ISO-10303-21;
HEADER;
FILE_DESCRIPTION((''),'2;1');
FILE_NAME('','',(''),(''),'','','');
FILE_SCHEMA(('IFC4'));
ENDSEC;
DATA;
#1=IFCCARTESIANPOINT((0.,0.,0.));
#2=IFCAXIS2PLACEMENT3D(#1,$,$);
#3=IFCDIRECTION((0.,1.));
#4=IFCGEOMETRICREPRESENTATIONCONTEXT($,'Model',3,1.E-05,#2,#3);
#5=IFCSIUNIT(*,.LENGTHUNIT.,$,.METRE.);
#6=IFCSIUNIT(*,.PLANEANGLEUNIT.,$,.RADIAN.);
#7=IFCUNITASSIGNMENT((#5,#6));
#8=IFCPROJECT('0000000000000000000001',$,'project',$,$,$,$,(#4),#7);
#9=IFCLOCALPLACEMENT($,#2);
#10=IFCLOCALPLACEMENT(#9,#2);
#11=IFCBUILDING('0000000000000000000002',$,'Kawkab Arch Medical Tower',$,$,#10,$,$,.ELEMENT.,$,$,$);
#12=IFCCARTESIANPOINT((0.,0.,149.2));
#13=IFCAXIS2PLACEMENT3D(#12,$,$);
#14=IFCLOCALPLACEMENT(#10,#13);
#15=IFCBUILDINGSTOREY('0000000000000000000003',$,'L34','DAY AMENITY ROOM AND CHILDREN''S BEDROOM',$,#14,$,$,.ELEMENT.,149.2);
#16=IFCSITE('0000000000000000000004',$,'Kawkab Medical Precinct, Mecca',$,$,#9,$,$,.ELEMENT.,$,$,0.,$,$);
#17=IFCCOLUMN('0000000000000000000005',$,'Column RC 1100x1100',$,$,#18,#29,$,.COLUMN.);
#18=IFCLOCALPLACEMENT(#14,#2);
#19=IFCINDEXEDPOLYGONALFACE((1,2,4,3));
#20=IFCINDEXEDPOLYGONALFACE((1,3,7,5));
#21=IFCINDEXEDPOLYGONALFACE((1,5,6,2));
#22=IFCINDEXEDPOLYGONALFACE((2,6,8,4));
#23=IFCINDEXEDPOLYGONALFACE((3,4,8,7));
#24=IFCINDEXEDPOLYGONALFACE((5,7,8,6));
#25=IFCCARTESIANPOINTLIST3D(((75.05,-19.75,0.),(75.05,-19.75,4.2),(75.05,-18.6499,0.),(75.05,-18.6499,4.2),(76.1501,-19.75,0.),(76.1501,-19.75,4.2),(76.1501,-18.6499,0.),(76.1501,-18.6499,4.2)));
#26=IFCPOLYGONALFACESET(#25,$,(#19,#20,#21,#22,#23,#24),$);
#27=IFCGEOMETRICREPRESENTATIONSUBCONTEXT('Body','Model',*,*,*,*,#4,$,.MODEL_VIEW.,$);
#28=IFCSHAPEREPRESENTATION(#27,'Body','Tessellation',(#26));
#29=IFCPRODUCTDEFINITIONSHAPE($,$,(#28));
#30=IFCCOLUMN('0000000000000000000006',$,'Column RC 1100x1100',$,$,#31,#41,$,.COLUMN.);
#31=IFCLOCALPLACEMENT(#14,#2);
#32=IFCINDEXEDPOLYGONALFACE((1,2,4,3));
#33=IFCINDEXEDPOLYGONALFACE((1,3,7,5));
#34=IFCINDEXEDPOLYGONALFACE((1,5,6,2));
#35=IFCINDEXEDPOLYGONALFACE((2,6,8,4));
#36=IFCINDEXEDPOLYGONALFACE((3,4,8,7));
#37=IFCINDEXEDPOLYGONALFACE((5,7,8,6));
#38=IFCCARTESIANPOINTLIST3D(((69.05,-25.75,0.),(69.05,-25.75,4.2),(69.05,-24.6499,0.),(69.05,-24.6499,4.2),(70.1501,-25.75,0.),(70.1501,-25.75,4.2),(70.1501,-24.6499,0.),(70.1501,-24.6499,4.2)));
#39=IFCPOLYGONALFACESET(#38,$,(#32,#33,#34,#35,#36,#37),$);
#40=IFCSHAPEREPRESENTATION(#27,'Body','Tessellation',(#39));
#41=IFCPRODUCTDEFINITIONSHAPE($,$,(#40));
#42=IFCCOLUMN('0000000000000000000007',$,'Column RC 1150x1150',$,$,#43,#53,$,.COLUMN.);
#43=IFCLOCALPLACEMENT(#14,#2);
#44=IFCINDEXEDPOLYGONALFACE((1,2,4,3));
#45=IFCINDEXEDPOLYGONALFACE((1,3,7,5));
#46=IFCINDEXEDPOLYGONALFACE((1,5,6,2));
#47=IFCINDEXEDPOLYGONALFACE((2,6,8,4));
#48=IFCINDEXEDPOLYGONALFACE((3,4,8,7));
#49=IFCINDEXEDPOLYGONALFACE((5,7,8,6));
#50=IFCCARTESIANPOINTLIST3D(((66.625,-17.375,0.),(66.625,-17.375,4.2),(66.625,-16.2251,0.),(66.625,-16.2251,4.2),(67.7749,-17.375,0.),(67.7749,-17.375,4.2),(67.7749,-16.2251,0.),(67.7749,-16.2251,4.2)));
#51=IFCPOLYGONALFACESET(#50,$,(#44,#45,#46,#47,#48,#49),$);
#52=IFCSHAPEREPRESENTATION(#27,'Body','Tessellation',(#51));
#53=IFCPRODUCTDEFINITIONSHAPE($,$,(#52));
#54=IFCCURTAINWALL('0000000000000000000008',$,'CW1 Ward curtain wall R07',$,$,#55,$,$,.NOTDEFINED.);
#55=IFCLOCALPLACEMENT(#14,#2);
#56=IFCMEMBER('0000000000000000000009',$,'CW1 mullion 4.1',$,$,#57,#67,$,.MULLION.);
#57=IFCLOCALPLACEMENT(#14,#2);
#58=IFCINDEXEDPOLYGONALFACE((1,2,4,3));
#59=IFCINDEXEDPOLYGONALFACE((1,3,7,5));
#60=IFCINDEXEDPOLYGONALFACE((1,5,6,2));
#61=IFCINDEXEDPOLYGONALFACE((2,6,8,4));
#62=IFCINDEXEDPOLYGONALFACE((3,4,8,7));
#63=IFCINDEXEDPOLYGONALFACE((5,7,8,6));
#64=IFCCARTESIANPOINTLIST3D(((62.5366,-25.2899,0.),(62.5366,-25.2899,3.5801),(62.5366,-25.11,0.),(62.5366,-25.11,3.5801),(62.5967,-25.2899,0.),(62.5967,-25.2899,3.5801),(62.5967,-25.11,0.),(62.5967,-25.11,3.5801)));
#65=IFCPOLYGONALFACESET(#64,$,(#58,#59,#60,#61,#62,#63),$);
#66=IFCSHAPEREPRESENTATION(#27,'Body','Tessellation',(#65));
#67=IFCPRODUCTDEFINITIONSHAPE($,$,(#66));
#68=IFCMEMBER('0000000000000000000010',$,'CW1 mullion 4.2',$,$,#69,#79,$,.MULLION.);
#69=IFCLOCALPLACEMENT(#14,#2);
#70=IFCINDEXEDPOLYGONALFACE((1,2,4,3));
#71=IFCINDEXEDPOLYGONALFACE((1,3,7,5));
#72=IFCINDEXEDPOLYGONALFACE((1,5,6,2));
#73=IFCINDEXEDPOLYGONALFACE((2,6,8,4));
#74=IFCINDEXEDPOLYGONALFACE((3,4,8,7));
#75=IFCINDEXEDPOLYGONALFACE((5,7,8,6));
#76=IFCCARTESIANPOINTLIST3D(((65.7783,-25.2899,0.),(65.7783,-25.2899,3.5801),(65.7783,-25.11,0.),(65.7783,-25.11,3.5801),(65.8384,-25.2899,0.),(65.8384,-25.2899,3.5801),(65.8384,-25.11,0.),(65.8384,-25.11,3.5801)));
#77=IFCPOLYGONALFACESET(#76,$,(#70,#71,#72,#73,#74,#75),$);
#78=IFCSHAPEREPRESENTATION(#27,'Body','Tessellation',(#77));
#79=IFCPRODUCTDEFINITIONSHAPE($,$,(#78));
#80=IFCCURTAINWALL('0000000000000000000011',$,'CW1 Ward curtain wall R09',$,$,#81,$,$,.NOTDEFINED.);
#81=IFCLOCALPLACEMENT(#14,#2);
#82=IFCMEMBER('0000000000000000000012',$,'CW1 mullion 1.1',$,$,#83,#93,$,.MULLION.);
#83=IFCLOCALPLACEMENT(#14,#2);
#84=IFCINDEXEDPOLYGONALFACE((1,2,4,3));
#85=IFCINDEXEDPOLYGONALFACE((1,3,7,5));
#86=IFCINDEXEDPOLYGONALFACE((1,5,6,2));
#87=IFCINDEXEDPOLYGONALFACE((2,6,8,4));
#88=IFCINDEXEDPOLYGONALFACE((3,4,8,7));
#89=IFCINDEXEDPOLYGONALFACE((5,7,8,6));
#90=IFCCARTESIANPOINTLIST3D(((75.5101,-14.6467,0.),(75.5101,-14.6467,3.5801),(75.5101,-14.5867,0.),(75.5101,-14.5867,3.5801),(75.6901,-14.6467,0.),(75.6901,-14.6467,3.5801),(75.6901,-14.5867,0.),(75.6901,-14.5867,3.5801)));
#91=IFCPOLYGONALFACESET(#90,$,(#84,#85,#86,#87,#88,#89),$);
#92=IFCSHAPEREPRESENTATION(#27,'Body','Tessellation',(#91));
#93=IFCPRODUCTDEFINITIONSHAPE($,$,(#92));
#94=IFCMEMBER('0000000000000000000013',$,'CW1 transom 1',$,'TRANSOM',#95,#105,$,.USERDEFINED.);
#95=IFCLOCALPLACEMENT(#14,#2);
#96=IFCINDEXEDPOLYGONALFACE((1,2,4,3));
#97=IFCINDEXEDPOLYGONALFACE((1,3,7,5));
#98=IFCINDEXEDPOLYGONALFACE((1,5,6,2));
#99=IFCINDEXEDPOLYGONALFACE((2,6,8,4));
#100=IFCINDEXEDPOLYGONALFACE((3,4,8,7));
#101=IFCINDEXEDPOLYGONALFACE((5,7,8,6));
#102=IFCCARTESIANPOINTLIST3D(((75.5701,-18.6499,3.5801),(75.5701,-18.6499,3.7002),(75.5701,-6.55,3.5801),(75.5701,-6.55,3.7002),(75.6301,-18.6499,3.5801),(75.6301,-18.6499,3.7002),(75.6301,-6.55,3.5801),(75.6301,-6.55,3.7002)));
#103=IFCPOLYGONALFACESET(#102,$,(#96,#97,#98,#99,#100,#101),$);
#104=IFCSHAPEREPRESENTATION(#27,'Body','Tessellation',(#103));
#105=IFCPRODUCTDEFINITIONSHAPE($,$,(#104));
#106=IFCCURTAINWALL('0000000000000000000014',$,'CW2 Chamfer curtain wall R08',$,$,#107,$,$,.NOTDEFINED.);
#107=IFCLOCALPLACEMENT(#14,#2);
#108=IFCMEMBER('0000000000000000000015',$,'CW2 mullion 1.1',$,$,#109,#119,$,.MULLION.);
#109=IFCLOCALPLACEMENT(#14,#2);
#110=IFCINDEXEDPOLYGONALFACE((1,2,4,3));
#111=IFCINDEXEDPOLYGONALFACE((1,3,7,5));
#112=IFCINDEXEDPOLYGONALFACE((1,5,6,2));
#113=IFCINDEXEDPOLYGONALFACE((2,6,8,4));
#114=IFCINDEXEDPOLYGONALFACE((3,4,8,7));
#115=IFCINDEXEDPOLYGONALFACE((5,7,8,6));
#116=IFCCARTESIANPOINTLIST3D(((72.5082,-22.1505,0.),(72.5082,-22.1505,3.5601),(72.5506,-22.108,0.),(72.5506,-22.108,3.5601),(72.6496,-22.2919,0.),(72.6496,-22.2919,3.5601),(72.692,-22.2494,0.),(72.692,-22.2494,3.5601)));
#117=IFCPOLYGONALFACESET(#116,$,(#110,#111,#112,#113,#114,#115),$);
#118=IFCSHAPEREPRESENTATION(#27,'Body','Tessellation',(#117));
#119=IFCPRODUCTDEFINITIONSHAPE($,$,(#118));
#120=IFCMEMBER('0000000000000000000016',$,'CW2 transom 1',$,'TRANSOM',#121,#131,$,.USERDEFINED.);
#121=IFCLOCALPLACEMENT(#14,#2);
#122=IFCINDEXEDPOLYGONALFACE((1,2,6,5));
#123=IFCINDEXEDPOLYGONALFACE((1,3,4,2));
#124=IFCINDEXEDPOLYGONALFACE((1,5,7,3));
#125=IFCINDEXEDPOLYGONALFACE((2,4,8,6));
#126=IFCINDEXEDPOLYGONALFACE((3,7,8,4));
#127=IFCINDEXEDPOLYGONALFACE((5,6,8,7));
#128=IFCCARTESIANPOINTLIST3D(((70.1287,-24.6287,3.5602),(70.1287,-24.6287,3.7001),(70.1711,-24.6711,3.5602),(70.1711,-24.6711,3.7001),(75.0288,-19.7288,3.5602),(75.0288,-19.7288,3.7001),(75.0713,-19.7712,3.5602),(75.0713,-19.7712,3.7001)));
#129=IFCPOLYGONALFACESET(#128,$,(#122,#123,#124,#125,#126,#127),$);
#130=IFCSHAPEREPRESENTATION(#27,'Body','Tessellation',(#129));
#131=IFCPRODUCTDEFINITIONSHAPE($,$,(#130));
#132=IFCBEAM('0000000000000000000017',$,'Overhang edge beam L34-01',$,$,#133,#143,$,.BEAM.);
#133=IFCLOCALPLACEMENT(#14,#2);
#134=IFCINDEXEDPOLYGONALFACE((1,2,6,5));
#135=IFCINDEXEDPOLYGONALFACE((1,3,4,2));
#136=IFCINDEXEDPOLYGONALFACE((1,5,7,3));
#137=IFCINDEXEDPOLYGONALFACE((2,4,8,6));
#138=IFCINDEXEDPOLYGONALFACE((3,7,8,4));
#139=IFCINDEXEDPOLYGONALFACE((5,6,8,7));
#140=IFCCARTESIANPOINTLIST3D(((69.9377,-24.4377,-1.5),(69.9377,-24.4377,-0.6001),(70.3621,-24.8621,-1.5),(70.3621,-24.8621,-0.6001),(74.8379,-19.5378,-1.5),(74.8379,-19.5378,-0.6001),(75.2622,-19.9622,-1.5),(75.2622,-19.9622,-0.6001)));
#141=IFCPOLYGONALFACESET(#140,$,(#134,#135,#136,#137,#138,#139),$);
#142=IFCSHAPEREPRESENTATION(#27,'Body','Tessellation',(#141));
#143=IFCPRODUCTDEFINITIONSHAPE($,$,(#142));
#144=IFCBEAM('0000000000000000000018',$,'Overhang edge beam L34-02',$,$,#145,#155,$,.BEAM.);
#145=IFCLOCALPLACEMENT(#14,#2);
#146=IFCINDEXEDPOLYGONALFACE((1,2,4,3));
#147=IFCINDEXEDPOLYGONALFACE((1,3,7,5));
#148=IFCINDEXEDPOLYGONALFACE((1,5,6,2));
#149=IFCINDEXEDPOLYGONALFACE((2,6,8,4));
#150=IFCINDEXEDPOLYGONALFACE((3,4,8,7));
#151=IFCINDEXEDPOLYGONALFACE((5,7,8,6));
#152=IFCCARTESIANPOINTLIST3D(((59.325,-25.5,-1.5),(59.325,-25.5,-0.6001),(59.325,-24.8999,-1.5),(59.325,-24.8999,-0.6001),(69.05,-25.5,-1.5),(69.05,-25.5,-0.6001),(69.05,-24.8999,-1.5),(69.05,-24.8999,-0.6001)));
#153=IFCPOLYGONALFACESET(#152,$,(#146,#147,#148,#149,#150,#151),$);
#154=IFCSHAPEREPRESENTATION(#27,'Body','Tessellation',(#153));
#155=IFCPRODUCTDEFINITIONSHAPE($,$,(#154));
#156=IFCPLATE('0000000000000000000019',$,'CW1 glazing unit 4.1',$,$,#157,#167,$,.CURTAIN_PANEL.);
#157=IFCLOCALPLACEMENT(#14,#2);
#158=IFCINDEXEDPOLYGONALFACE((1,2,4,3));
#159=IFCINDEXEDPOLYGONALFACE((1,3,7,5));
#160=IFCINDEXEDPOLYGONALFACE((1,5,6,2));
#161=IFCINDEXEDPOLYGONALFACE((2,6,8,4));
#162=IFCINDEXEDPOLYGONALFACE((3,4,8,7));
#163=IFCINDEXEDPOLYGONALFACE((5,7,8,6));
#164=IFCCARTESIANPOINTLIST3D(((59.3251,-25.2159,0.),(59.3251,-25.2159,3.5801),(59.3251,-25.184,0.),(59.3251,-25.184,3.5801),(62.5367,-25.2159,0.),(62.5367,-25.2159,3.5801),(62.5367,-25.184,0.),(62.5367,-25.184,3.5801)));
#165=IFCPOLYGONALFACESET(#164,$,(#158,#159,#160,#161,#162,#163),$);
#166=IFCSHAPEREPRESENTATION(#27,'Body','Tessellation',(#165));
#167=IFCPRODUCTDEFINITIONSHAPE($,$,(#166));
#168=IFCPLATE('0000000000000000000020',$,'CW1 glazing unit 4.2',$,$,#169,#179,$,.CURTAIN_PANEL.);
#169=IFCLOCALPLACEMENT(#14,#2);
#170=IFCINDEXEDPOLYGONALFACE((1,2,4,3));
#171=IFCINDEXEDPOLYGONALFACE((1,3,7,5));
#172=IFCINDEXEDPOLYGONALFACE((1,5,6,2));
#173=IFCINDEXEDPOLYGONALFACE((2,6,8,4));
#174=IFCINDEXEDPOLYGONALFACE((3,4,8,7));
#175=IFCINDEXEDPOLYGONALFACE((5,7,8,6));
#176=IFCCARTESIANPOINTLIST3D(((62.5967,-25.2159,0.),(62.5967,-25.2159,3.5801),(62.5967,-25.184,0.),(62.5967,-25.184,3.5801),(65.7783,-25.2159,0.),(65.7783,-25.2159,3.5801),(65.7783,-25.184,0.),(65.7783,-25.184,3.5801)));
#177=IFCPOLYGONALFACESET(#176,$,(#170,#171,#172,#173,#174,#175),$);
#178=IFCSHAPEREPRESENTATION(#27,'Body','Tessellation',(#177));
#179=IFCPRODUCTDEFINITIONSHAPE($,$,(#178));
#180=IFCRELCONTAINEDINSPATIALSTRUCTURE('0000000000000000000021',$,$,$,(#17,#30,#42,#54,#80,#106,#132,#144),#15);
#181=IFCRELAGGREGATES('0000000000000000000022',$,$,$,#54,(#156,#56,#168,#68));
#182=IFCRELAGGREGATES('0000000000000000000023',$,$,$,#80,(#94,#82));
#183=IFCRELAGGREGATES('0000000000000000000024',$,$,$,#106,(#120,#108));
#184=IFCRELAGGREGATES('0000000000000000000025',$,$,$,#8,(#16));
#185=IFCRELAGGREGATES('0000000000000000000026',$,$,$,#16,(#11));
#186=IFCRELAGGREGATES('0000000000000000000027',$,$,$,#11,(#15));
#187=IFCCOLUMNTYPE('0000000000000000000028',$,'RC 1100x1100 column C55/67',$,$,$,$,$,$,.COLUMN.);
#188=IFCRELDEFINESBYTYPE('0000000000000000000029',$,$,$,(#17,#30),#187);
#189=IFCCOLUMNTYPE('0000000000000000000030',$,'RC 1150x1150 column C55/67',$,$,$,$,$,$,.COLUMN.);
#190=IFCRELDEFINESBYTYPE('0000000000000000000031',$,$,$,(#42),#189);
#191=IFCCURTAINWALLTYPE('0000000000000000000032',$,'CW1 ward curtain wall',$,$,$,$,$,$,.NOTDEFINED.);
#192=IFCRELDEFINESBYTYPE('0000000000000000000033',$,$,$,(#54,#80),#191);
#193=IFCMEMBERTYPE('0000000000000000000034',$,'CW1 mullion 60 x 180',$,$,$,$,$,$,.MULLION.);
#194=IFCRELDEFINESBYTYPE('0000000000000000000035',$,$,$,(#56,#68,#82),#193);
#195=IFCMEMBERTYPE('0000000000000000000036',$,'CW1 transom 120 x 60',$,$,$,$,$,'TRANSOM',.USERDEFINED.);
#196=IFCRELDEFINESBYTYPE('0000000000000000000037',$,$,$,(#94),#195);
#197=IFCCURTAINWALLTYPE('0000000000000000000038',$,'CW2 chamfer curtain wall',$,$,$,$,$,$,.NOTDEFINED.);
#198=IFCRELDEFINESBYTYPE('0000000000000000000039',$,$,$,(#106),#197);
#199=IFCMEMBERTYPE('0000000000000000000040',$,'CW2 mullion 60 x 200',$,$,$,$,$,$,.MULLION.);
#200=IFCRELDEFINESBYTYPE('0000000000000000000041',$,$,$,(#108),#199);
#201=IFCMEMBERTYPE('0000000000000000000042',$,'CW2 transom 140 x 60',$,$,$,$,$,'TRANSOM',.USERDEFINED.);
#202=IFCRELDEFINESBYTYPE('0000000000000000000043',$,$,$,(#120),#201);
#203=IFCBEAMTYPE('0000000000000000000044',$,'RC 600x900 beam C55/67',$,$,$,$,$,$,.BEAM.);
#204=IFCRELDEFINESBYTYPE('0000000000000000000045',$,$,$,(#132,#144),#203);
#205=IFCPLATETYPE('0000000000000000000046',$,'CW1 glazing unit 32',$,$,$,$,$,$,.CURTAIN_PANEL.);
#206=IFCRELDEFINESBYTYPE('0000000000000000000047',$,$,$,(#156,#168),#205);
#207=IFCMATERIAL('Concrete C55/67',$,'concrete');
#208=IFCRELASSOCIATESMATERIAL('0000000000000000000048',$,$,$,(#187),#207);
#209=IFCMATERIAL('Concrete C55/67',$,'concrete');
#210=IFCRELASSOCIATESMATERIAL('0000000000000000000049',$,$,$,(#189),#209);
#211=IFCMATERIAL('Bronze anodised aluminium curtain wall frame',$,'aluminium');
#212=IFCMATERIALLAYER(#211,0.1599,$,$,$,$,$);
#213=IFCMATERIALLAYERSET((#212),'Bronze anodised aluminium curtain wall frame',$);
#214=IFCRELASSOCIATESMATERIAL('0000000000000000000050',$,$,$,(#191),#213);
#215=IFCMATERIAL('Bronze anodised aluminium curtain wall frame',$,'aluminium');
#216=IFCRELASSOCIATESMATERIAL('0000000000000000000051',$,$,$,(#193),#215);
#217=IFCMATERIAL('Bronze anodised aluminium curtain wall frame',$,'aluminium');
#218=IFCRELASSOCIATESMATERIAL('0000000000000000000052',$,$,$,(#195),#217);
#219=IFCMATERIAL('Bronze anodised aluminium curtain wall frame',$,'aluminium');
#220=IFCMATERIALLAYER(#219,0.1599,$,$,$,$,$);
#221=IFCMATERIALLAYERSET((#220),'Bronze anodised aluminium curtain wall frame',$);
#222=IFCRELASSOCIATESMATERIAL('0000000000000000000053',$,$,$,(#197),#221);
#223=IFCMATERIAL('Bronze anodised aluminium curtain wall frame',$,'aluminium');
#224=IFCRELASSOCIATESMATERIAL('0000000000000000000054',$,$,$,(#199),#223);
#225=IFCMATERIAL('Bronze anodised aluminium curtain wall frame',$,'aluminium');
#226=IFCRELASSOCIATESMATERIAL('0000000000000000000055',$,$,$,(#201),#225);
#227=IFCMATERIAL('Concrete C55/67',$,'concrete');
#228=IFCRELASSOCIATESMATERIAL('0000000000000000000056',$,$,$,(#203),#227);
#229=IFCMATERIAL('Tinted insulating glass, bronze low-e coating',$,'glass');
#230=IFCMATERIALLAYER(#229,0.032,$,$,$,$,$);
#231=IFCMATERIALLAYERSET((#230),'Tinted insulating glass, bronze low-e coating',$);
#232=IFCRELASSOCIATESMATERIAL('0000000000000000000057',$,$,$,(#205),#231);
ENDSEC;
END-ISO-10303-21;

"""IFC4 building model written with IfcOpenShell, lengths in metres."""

from ifc_helpers import new_model, si_unit, direction, frame, origin, origin_2d, place, context, subcontext, project, spatial, rectangle, extrude, material, layer, layer_set, material_profile, profile_set, type_object, element, aggregate, save


model = new_model("IFC4")

# Units and contexts
model_context = context("Model", 3, precision=1e-05, world=origin(), true_north=direction((0.0, 1.0)))
body_context = subcontext(model_context, "Body", "Model", "MODEL_VIEW")
ifc_project = project(units=[si_unit("LENGTHUNIT", "METRE"), si_unit("PLANEANGLEUNIT", "RADIAN")], contexts=[model_context])

# Site, building, storey
site_placement = place(None, origin())
site = spatial("IfcSite", under=ifc_project, at=site_placement, Name="Kawkab Medical Precinct, Mecca", CompositionType="ELEMENT", RefElevation=0.0)
building_placement = place(site_placement, origin())
building = spatial("IfcBuilding", under=site, at=building_placement, Name="Kawkab Arch Medical Tower", CompositionType="ELEMENT")
storey_placement = place(building_placement, frame((0.0, 0.0, 149.2)))
storey = spatial("IfcBuildingStorey", under=building, at=storey_placement, Name="L34", Description="DAY AMENITY ROOM AND CHILDREN'S BEDROOM", CompositionType="ELEMENT", Elevation=149.2)

# Columns
ifc_material_1 = material(Name="Concrete C55/67", Category="concrete")
ifc_material_profile_1 = material_profile(ifc_material_1, rectangle(XDim=1.1001, YDim=1.1001, at=origin_2d()), Name="RC 1100x1100")
ifc_profile_set_1 = profile_set([ifc_material_profile_1], Name="Concrete C55/67")
column_type_1 = type_object("IfcColumnType", Name="RC 1100x1100 column C55/67", PredefinedType="COLUMN", material=ifc_profile_set_1)
for number, where, z_axis, x_axis, name in (
    (1, (75.6001, -19.2, 0.0), (0.0, 0.0, 1.0), (1.0, 0.0, 0.0), "Column RC 1100x1100"),
    (2, (69.6001, -25.2, 0.0), (0.0, 0.0, 1.0), (1.0, 0.0, 0.0), "Column RC 1100x1100"),
):
    element("IfcColumn", number, at=place(storey_placement, frame(where, z_axis=z_axis, x_axis=x_axis)), inside=storey, type_object=column_type_1, Name=name, PredefinedType="COLUMN", context=body_context, shape_type="SweptSolid", body=[
        extrude(rectangle(XDim=1.1001, YDim=1.1001, at=origin_2d()), origin(), (0.0, 0.0, 1.0), 4.2),
    ])
ifc_material_2 = material(Name="Concrete C55/67", Category="concrete")
ifc_material_profile_2 = material_profile(ifc_material_2, rectangle(XDim=1.1499, YDim=1.1499, at=origin_2d()), Name="RC 1150x1150")
ifc_profile_set_2 = profile_set([ifc_material_profile_2], Name="Concrete C55/67")
column_type_2 = type_object("IfcColumnType", Name="RC 1150x1150 column C55/67", PredefinedType="COLUMN", material=ifc_profile_set_2)
column_placement = place(storey_placement, frame((67.2, -16.8, 0.0), z_axis=(0.0, 0.0, 1.0), x_axis=(1.0, 0.0, 0.0)))
element("IfcColumn", 3, at=column_placement, inside=storey, type_object=column_type_2, Name="Column RC 1150x1150", PredefinedType="COLUMN", context=body_context, shape_type="SweptSolid", body=[
    extrude(rectangle(XDim=1.1499, YDim=1.1499, at=origin_2d()), origin(), (0.0, 0.0, 1.0), 4.2),
])

# Curtain walls, members
ifc_material_3 = material(Name="Bronze anodised aluminium curtain wall frame", Category="aluminium")
ifc_layer_1 = layer(ifc_material_3, 0.1599)
ifc_layer_set_1 = layer_set([ifc_layer_1], Name="Bronze anodised aluminium curtain wall frame")
curtain_wall_type_1 = type_object("IfcCurtainWallType", Name="CW1 ward curtain wall", PredefinedType="NOTDEFINED", material=ifc_layer_set_1)
placement = place(storey_placement, origin())
curtain_wall_1 = element("IfcCurtainWall", 4, at=placement, inside=storey, type_object=curtain_wall_type_1, Name="CW1 Ward curtain wall R07", PredefinedType="NOTDEFINED")
ifc_material_4 = material(Name="Bronze anodised aluminium curtain wall frame", Category="aluminium")
ifc_material_profile_3 = material_profile(ifc_material_4, rectangle(XDim=0.1799, YDim=0.0601, at=origin_2d()), Name="AL 60x180")
ifc_profile_set_3 = profile_set([ifc_material_profile_3], Name="Bronze anodised aluminium curtain wall frame")
member_type_1 = type_object("IfcMemberType", Name="CW1 mullion 60 x 180", PredefinedType="MULLION", material=ifc_profile_set_3)
member_1_placement = place(storey_placement, frame((62.5667, -25.2, 0.0), z_axis=(0.0, 0.0, 1.0), x_axis=(0.0, 1.0, 0.0)))
member_1 = element("IfcMember", 5, at=member_1_placement, type_object=member_type_1, Name="CW1 mullion 4.1", PredefinedType="MULLION", context=body_context, shape_type="SweptSolid", body=[
    extrude(rectangle(XDim=0.1799, YDim=0.0601, at=origin_2d()), origin(), (0.0, 0.0, 1.0), 3.5801),
])
member_2_placement = place(storey_placement, frame((65.8083, -25.2, 0.0), z_axis=(0.0, 0.0, 1.0), x_axis=(0.0, 1.0, 0.0)))
member_2 = element("IfcMember", 6, at=member_2_placement, type_object=member_type_1, Name="CW1 mullion 4.2", PredefinedType="MULLION", context=body_context, shape_type="SweptSolid", body=[
    extrude(rectangle(XDim=0.1799, YDim=0.0601, at=origin_2d()), origin(), (0.0, 0.0, 1.0), 3.5801),
])
curtain_wall_2 = element("IfcCurtainWall", 7, at=placement, inside=storey, type_object=curtain_wall_type_1, Name="CW1 Ward curtain wall R09", PredefinedType="NOTDEFINED")
member_3_placement = place(storey_placement, frame((75.6001, -14.6167, 0.0), z_axis=(0.0, 0.0, 1.0), x_axis=(-1.0, 0.0, 0.0)))
member_3 = element("IfcMember", 8, at=member_3_placement, type_object=member_type_1, Name="CW1 mullion 1.1", PredefinedType="MULLION", context=body_context, shape_type="SweptSolid", body=[
    extrude(rectangle(XDim=0.1799, YDim=0.0601, at=origin_2d()), origin(), (0.0, 0.0, 1.0), 3.5801),
])
ifc_material_5 = material(Name="Bronze anodised aluminium curtain wall frame", Category="aluminium")
ifc_material_profile_4 = material_profile(ifc_material_5, rectangle(XDim=0.0601, YDim=0.1201, at=origin_2d()), Name="AL 60x120")
ifc_profile_set_4 = profile_set([ifc_material_profile_4], Name="Bronze anodised aluminium curtain wall frame")
member_type_2 = type_object("IfcMemberType", Name="CW1 transom 120 x 60", ElementType="TRANSOM", PredefinedType="USERDEFINED", material=ifc_profile_set_4)
member_4_placement = place(storey_placement, frame((75.6001, -18.6499, 3.6401), z_axis=(0.0, 1.0, 0.0), x_axis=(-1.0, 0.0, 0.0)))
member_4 = element("IfcMember", 9, at=member_4_placement, type_object=member_type_2, Name="CW1 transom 1", ObjectType="TRANSOM", PredefinedType="USERDEFINED", context=body_context, shape_type="SweptSolid", body=[
    extrude(rectangle(XDim=0.0601, YDim=0.1201, at=origin_2d()), origin(), (0.0, 0.0, 1.0), 12.0999),
])
ifc_material_6 = material(Name="Bronze anodised aluminium curtain wall frame", Category="aluminium")
ifc_layer_2 = layer(ifc_material_6, 0.1599)
ifc_layer_set_2 = layer_set([ifc_layer_2], Name="Bronze anodised aluminium curtain wall frame")
curtain_wall_type_2 = type_object("IfcCurtainWallType", Name="CW2 chamfer curtain wall", PredefinedType="NOTDEFINED", material=ifc_layer_set_2)
curtain_wall_3 = element("IfcCurtainWall", 10, at=placement, inside=storey, type_object=curtain_wall_type_2, Name="CW2 Chamfer curtain wall R08", PredefinedType="NOTDEFINED")
ifc_material_7 = material(Name="Bronze anodised aluminium curtain wall frame", Category="aluminium")
ifc_material_profile_5 = material_profile(ifc_material_7, rectangle(XDim=0.2, YDim=0.0601, at=origin_2d()), Name="AL 60x200")
ifc_profile_set_5 = profile_set([ifc_material_profile_5], Name="Bronze anodised aluminium curtain wall frame")
member_type_3 = type_object("IfcMemberType", Name="CW2 mullion 60 x 200", PredefinedType="MULLION", material=ifc_profile_set_5)
member_5_placement = place(storey_placement, frame((72.6001, -22.2, 0.0), z_axis=(0.0, 0.0, 1.0), x_axis=(-0.707107, 0.707107, 0.0)))
member_5 = element("IfcMember", 11, at=member_5_placement, type_object=member_type_3, Name="CW2 mullion 1.1", PredefinedType="MULLION", context=body_context, shape_type="SweptSolid", body=[
    extrude(rectangle(XDim=0.2, YDim=0.0601, at=origin_2d()), origin(), (0.0, 0.0, 1.0), 3.5601),
])
ifc_material_8 = material(Name="Bronze anodised aluminium curtain wall frame", Category="aluminium")
ifc_material_profile_6 = material_profile(ifc_material_8, rectangle(XDim=0.0601, YDim=0.1399, at=origin_2d()), Name="AL 60x140")
ifc_profile_set_6 = profile_set([ifc_material_profile_6], Name="Bronze anodised aluminium curtain wall frame")
member_type_4 = type_object("IfcMemberType", Name="CW2 transom 140 x 60", ElementType="TRANSOM", PredefinedType="USERDEFINED", material=ifc_profile_set_6)
member_6_placement = place(storey_placement, frame((70.1499, -24.6499, 3.6301), z_axis=(0.707124, 0.707089, 0.0), x_axis=(-0.707089, 0.707124, 0.0)))
member_6 = element("IfcMember", 12, at=member_6_placement, type_object=member_type_4, Name="CW2 transom 1", ObjectType="TRANSOM", PredefinedType="USERDEFINED", context=body_context, shape_type="SweptSolid", body=[
    extrude(rectangle(XDim=0.0601, YDim=0.1399, at=origin_2d()), origin(), (0.0, 0.0, 1.0), 6.9297),
])

# Beams
ifc_material_9 = material(Name="Concrete C55/67", Category="concrete")
ifc_material_profile_7 = material_profile(ifc_material_9, rectangle(XDim=0.6001, YDim=0.8999, at=origin_2d()), Name="RC 600x900")
ifc_profile_set_7 = profile_set([ifc_material_profile_7], Name="Concrete C55/67")
beam_type = type_object("IfcBeamType", Name="RC 600x900 beam C55/67", PredefinedType="BEAM", material=ifc_profile_set_7)
beam_1_placement = place(storey_placement, frame((75.05, -19.75, -1.05), z_axis=(-0.707124, -0.707089, 0.0), x_axis=(0.707089, -0.707124, 0.0)))
element("IfcBeam", 13, at=beam_1_placement, inside=storey, type_object=beam_type, Name="Overhang edge beam L34-01", PredefinedType="BEAM", context=body_context, shape_type="SweptSolid", body=[
    extrude(rectangle(XDim=0.6001, YDim=0.8999, at=origin_2d()), origin(), (0.0, 0.0, 1.0), 6.9297),
])
beam_2_placement = place(storey_placement, frame((69.05, -25.2, -1.05), z_axis=(-1.0, 0.0, 0.0), x_axis=(0.0, -1.0, 0.0)))
element("IfcBeam", 14, at=beam_2_placement, inside=storey, type_object=beam_type, Name="Overhang edge beam L34-02", PredefinedType="BEAM", context=body_context, shape_type="SweptSolid", body=[
    extrude(rectangle(XDim=0.6001, YDim=0.8999, at=origin_2d()), origin(), (0.0, 0.0, 1.0), 9.7251),
])

# Plates
ifc_material_10 = material(Name="Tinted insulating glass, bronze low-e coating", Category="glass")
ifc_layer_3 = layer(ifc_material_10, 0.032)
ifc_layer_set_3 = layer_set([ifc_layer_3], Name="Tinted insulating glass, bronze low-e coating")
plate_type_1 = type_object("IfcPlateType", Name="CW1 glazing unit 32", PredefinedType="CURTAIN_PANEL", material=ifc_layer_set_3)
plate_1_placement = place(storey_placement, frame((60.9309, -25.2, 0.0), z_axis=(0.0, 0.0, 1.0), x_axis=(1.0, 0.0, 0.0)))
plate_1 = element("IfcPlate", 15, at=plate_1_placement, type_object=plate_type_1, Name="CW1 glazing unit 4.1", PredefinedType="CURTAIN_PANEL", context=body_context, shape_type="SweptSolid", body=[
    extrude(rectangle(XDim=3.2117, YDim=0.032, at=origin_2d()), origin(), (0.0, 0.0, 1.0), 3.5801),
])
plate_2_placement = place(storey_placement, frame((64.1875, -25.2, 0.0), z_axis=(0.0, 0.0, 1.0), x_axis=(1.0, 0.0, 0.0)))
plate_2 = element("IfcPlate", 16, at=plate_2_placement, type_object=plate_type_1, Name="CW1 glazing unit 4.2", PredefinedType="CURTAIN_PANEL", context=body_context, shape_type="SweptSolid", body=[
    extrude(rectangle(XDim=3.1816, YDim=0.032, at=origin_2d()), origin(), (0.0, 0.0, 1.0), 3.5801),
])
aggregate(curtain_wall_1, [plate_1, member_1, plate_2, member_2])
aggregate(curtain_wall_2, [member_4, member_3])
aggregate(curtain_wall_3, [member_6, member_5])

save(model, "model.ifc")
